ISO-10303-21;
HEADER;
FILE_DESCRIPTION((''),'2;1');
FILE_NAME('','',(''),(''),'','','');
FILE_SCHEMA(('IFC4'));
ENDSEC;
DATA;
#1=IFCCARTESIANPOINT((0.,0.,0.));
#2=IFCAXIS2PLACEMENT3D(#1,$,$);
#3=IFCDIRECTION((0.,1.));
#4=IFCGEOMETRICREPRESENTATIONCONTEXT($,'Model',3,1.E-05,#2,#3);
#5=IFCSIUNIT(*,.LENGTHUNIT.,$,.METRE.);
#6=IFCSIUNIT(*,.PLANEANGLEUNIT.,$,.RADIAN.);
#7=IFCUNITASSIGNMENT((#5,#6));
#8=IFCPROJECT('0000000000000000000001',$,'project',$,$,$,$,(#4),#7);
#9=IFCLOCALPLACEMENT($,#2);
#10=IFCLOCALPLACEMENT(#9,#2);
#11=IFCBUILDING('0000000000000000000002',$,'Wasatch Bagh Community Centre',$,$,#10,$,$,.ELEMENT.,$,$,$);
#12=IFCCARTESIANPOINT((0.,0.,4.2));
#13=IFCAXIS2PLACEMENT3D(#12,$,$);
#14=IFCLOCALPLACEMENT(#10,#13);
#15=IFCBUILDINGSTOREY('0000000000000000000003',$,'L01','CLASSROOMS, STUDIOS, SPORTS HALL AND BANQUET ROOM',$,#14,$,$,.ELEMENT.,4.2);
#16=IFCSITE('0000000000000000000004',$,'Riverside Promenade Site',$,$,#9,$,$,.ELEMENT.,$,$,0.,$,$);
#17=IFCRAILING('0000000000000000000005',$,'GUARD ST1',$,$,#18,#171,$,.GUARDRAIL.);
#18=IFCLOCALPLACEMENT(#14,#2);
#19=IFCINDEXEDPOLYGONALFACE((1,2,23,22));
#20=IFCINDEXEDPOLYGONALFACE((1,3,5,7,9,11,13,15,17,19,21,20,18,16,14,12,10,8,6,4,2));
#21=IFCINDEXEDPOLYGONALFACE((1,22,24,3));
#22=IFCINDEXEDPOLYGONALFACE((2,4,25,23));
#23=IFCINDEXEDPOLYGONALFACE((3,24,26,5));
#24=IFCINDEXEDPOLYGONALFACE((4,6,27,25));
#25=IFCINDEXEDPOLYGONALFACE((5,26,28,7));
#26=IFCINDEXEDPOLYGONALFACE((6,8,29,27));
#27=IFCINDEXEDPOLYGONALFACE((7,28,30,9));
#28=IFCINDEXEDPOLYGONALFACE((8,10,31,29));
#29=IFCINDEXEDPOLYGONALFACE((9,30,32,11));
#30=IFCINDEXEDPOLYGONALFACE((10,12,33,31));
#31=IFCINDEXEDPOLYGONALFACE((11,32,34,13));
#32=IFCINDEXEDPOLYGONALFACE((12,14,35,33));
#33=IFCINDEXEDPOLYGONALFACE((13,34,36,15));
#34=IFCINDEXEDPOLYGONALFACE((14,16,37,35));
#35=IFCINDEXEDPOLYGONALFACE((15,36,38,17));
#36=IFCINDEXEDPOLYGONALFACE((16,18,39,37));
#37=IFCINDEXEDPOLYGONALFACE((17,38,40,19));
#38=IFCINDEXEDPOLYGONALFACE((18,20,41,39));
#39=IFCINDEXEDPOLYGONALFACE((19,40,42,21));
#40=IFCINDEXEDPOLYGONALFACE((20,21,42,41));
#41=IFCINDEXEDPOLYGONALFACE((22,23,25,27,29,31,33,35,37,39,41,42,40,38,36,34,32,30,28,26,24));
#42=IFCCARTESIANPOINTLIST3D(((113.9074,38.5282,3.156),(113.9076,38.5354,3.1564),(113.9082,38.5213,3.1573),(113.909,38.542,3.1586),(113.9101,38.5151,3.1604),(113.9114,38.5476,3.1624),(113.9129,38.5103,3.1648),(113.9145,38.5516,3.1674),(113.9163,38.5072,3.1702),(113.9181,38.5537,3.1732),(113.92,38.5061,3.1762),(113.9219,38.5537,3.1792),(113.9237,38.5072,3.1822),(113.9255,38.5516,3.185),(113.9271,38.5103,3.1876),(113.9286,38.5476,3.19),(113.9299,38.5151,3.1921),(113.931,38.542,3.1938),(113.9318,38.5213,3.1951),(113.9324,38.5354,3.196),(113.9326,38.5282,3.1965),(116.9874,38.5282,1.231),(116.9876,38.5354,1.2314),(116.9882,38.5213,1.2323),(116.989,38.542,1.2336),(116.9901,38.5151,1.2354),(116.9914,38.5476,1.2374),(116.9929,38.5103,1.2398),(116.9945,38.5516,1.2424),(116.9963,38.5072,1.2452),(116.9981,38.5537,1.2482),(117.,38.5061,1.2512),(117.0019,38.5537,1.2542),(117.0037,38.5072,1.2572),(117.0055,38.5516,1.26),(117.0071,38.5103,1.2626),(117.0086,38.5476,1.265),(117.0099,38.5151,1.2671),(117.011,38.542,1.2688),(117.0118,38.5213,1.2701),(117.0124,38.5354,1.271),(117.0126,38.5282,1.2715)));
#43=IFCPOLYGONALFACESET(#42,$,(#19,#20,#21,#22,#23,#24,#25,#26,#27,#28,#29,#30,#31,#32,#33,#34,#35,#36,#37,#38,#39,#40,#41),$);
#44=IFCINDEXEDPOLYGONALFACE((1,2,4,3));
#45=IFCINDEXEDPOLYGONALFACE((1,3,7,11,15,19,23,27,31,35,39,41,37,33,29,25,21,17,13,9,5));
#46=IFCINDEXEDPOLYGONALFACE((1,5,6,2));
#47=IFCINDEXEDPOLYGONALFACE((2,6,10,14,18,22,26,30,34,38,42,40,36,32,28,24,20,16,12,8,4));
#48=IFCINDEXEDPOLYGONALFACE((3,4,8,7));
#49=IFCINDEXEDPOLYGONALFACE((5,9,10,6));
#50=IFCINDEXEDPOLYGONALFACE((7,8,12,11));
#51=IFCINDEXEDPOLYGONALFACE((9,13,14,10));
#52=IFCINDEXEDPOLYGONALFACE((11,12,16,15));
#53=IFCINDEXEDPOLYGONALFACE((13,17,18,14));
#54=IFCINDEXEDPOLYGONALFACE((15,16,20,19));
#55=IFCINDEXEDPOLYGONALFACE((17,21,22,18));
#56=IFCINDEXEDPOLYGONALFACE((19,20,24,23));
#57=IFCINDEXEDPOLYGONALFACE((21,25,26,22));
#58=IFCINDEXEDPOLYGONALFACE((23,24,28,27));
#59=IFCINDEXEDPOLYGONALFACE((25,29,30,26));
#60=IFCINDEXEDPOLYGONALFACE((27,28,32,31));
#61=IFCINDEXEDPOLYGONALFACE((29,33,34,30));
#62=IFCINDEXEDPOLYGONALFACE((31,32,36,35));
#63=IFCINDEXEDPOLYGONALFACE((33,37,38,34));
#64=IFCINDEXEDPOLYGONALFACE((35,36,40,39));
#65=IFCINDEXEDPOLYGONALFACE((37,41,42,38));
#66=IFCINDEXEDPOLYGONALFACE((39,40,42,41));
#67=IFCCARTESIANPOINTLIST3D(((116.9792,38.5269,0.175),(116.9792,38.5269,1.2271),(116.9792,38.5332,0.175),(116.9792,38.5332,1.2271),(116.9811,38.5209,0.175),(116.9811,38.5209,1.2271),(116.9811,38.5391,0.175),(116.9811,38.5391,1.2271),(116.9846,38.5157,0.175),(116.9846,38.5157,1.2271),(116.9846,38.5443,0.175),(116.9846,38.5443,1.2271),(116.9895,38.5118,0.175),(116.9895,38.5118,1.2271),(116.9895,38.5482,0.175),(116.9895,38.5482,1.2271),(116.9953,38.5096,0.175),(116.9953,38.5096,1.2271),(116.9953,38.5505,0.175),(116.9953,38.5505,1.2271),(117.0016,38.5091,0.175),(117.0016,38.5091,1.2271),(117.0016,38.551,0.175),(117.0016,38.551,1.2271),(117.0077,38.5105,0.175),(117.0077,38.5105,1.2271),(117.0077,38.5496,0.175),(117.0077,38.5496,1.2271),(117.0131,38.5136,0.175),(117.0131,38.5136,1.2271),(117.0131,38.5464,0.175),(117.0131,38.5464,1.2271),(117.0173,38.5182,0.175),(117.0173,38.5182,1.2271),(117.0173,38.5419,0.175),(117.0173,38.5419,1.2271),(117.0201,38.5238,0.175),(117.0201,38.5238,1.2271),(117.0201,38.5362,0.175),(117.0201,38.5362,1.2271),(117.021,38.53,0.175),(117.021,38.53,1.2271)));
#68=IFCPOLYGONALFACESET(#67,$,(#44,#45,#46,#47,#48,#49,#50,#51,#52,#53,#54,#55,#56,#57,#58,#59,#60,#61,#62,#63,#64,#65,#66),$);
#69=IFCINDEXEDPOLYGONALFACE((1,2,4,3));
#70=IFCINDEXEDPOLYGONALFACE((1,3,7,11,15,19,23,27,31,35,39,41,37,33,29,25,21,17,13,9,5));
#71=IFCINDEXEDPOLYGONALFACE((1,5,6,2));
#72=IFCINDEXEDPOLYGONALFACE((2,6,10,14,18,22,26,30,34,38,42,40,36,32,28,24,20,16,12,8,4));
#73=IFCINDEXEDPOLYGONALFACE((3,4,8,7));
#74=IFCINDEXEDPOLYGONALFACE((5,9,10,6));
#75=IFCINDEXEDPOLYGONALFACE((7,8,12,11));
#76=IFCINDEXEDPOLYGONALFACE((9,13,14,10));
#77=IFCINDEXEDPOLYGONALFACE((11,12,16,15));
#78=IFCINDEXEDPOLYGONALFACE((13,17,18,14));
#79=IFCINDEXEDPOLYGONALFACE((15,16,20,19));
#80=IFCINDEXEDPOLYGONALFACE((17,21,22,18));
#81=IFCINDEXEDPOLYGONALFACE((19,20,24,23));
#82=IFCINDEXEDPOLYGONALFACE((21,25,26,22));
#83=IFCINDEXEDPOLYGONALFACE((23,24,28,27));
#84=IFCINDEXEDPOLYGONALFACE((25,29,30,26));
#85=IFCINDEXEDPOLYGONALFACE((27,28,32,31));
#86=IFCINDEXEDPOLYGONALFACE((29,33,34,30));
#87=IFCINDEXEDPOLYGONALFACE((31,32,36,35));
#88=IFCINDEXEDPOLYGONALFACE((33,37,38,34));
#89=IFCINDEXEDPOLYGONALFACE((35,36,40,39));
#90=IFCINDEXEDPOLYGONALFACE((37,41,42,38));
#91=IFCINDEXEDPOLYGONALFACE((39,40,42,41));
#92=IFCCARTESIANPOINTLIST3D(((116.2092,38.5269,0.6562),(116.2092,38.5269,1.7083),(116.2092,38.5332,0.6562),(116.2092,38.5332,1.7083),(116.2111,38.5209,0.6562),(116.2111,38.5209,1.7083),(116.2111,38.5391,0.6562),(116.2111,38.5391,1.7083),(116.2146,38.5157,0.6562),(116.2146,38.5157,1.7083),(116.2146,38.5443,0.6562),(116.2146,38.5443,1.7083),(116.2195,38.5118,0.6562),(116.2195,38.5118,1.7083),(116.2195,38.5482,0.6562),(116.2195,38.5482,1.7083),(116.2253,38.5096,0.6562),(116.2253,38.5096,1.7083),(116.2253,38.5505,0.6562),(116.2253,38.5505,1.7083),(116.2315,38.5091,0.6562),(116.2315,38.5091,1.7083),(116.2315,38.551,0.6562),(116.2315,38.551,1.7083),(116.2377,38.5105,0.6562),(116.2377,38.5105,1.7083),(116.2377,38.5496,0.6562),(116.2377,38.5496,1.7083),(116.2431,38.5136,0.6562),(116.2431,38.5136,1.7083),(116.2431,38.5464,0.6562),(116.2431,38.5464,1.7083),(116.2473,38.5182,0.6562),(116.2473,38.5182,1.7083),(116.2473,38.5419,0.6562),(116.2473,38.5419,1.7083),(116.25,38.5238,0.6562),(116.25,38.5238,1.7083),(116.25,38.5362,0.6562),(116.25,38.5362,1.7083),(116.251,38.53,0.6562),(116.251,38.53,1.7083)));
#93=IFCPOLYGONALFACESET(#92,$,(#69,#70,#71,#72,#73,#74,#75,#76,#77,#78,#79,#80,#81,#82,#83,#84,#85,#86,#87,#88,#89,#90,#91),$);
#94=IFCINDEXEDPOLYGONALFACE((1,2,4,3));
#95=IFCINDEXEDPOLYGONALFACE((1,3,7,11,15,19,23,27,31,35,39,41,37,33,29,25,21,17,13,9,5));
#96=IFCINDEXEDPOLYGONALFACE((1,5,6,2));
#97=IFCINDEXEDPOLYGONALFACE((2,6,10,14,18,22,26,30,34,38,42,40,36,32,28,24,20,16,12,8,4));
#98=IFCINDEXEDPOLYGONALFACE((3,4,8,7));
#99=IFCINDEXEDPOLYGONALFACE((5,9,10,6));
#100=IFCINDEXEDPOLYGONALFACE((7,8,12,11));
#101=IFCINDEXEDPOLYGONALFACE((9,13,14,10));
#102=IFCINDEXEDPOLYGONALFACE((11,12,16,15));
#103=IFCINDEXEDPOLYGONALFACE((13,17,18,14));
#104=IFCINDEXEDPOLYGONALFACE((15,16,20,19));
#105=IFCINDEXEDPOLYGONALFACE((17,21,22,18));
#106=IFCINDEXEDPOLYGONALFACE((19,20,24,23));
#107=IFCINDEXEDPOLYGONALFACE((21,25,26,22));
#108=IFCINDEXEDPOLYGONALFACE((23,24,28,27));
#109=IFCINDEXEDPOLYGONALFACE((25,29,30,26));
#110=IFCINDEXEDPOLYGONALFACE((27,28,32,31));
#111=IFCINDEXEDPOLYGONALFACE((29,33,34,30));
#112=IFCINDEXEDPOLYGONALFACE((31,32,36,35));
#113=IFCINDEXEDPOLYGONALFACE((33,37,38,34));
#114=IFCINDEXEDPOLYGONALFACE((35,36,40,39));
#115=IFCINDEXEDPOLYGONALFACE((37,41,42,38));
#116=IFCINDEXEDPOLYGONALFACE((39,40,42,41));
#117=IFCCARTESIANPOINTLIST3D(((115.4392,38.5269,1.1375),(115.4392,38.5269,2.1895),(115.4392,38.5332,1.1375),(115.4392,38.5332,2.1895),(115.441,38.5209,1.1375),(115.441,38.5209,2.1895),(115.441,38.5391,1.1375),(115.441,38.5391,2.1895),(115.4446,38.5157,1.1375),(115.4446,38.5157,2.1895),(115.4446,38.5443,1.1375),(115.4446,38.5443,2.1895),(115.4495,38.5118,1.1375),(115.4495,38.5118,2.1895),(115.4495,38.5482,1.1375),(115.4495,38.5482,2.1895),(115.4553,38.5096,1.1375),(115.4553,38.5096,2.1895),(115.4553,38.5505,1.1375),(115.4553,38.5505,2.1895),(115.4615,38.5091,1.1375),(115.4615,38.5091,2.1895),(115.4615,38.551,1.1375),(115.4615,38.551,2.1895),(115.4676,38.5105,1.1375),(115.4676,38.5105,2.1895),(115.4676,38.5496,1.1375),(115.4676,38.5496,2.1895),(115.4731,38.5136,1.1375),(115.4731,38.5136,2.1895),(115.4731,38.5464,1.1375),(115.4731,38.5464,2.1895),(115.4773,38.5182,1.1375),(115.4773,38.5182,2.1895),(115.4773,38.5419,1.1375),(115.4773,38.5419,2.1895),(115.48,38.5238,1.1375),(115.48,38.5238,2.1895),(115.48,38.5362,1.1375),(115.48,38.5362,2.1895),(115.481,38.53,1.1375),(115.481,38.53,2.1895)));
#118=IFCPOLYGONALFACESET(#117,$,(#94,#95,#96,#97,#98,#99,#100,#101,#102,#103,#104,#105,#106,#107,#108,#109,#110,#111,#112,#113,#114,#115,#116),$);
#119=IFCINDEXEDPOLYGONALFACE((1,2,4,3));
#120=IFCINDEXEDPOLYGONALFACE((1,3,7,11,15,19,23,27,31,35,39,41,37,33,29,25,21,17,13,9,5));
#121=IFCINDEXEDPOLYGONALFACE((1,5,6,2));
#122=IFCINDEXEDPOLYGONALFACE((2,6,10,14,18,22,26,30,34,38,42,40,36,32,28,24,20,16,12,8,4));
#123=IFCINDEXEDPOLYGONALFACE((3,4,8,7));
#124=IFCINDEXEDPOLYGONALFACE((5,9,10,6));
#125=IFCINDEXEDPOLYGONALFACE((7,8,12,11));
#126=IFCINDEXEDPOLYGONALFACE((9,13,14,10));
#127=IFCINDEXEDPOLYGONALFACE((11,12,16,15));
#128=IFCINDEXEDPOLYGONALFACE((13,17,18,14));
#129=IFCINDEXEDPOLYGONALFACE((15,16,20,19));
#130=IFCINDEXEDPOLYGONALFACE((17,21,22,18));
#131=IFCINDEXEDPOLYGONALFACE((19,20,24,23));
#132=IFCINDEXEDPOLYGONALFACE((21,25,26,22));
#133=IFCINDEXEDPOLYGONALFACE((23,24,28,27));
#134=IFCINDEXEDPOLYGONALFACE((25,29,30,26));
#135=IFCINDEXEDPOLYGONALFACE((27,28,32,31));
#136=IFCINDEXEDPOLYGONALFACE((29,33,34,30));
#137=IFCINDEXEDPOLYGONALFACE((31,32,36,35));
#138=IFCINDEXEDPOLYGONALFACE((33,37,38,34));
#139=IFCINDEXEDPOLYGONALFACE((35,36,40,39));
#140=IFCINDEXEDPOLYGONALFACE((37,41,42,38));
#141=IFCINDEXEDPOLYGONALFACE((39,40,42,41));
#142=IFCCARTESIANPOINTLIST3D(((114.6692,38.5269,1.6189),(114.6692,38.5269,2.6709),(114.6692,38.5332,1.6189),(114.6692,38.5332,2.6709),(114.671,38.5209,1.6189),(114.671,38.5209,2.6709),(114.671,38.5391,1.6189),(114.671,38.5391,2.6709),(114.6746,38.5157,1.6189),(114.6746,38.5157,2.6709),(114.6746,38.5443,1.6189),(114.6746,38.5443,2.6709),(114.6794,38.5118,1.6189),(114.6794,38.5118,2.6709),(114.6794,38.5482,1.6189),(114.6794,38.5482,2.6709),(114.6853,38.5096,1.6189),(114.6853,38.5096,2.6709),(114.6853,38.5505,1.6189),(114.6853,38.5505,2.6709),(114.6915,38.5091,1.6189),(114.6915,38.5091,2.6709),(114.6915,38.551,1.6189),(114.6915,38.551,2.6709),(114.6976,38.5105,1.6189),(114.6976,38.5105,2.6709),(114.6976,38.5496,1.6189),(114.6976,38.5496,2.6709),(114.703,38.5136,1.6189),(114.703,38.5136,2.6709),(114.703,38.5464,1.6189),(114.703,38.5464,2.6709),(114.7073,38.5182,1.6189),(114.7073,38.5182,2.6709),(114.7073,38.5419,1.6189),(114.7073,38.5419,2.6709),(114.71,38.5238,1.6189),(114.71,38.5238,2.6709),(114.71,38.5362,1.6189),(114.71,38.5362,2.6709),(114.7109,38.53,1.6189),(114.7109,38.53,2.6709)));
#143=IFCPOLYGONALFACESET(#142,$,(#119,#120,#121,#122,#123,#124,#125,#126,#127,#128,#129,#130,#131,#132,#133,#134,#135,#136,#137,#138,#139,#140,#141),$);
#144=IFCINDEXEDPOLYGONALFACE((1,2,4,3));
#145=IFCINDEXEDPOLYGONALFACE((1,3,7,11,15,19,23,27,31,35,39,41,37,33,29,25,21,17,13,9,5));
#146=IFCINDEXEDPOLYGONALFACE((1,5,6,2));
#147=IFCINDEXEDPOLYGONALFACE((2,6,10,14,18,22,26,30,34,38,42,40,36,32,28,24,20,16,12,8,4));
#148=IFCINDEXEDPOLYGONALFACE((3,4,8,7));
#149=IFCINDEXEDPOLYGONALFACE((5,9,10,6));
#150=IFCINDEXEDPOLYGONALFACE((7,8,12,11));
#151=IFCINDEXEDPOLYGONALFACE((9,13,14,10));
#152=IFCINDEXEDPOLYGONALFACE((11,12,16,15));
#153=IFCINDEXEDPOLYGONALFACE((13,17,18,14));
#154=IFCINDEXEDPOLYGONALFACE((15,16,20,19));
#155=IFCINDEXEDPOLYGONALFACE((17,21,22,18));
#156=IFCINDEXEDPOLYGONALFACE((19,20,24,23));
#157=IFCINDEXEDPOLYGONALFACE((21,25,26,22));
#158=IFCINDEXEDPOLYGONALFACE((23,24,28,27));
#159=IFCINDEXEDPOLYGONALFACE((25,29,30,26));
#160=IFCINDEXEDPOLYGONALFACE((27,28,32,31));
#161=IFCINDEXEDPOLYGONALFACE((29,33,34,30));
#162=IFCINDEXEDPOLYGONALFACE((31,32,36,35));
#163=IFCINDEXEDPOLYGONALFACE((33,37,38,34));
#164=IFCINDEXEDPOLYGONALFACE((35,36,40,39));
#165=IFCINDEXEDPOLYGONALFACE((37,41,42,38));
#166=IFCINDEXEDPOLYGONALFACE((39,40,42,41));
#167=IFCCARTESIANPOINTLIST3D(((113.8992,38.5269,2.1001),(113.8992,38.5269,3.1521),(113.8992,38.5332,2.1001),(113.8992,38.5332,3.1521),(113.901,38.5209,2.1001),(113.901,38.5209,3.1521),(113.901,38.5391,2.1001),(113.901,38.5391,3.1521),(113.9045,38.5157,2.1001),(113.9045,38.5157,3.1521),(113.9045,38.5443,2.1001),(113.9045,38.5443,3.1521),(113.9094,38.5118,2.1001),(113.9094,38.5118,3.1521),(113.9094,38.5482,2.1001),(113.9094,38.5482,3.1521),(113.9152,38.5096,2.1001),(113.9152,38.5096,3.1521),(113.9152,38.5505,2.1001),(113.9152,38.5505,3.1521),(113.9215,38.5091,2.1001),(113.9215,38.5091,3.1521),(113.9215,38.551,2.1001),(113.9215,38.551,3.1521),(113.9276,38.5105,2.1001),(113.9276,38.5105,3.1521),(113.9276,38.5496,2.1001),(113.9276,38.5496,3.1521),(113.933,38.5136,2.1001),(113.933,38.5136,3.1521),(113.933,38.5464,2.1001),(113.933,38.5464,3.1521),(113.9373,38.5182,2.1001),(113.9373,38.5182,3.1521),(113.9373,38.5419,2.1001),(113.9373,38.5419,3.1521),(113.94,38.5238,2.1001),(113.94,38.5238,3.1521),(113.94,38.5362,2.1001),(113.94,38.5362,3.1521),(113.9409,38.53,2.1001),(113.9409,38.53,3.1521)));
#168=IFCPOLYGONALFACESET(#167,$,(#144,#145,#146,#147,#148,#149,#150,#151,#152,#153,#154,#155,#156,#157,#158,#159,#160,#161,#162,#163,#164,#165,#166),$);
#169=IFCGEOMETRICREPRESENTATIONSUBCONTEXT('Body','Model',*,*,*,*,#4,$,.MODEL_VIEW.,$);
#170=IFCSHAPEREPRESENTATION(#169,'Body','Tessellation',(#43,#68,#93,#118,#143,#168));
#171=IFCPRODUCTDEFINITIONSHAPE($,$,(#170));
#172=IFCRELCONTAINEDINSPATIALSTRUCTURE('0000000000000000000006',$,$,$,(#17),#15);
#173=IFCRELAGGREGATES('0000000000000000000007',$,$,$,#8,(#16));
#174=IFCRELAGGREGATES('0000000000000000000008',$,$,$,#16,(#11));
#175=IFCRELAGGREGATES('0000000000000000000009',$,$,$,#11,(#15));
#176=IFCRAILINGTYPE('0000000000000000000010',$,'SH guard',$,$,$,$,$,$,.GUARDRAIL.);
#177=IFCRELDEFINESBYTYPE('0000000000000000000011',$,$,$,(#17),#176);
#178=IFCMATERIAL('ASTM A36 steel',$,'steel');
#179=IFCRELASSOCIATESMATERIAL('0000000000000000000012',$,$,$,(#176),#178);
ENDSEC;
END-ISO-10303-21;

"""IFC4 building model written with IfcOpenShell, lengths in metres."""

from ifc_helpers import new_model, si_unit, direction, frame, origin, origin_2d, place, context, subcontext, project, spatial, circle, extrude, material, type_object, element, save


model = new_model("IFC4")

# Units and contexts
model_context = context("Model", 3, precision=1e-05, world=origin(), true_north=direction((0.0, 1.0)))
body_context = subcontext(model_context, "Body", "Model", "MODEL_VIEW")
ifc_project = project(units=[si_unit("LENGTHUNIT", "METRE"), si_unit("PLANEANGLEUNIT", "RADIAN")], contexts=[model_context])

# Site, building, storey
site_placement = place(None, origin())
site = spatial("IfcSite", under=ifc_project, at=site_placement, Name="Riverside Promenade Site", CompositionType="ELEMENT", RefElevation=0.0)
building_placement = place(site_placement, origin())
building = spatial("IfcBuilding", under=site, at=building_placement, Name="Wasatch Bagh Community Centre", CompositionType="ELEMENT")
storey_placement = place(building_placement, frame((0.0, 0.0, 4.2)))
storey = spatial("IfcBuildingStorey", under=building, at=storey_placement, Name="L01", Description="CLASSROOMS, STUDIOS, SPORTS HALL AND BANQUET ROOM", CompositionType="ELEMENT", Elevation=4.2)

# Railing
ifc_material_1 = material(Name="ASTM A36 steel", Category="steel")
railing_type_1 = type_object("IfcRailingType", Name="SH guard", PredefinedType="GUARDRAIL", material=ifc_material_1)
for number, where, name in (
    (1, (117.0, 38.53, 0.175), "GUARD ST1"),
):
    element("IfcRailing", number, at=place(storey_placement, frame(where)), inside=storey, type_object=railing_type_1, Name=name, PredefinedType="GUARDRAIL", context=body_context, shape_type="SweptSolid", body=[
        extrude(circle(Radius=0.0239, at=origin_2d()), frame((0.0, 0.0, 1.0762), z_axis=(-0.847998, 0.0, 0.529999), x_axis=(0.0, -1.0, 0.0)), (0.0, 0.0, 1.0), 3.6321),
        extrude(circle(Radius=0.021, at=origin_2d()), origin(), (0.0, 0.0, 1.0), 1.052),
        extrude(circle(Radius=0.021, at=origin_2d()), frame((-0.77, 0.0, 0.4812)), (0.0, 0.0, 1.0), 1.052),
        extrude(circle(Radius=0.021, at=origin_2d()), frame((-1.54, 0.0, 0.9624)), (0.0, 0.0, 1.0), 1.052),
        extrude(circle(Radius=0.021, at=origin_2d()), frame((-2.3101, 0.0, 1.4438)), (0.0, 0.0, 1.0), 1.052),
        extrude(circle(Radius=0.021, at=origin_2d()), frame((-3.0801, 0.0, 1.925)), (0.0, 0.0, 1.0), 1.052),
    ])

save(model, "model.ifc")
